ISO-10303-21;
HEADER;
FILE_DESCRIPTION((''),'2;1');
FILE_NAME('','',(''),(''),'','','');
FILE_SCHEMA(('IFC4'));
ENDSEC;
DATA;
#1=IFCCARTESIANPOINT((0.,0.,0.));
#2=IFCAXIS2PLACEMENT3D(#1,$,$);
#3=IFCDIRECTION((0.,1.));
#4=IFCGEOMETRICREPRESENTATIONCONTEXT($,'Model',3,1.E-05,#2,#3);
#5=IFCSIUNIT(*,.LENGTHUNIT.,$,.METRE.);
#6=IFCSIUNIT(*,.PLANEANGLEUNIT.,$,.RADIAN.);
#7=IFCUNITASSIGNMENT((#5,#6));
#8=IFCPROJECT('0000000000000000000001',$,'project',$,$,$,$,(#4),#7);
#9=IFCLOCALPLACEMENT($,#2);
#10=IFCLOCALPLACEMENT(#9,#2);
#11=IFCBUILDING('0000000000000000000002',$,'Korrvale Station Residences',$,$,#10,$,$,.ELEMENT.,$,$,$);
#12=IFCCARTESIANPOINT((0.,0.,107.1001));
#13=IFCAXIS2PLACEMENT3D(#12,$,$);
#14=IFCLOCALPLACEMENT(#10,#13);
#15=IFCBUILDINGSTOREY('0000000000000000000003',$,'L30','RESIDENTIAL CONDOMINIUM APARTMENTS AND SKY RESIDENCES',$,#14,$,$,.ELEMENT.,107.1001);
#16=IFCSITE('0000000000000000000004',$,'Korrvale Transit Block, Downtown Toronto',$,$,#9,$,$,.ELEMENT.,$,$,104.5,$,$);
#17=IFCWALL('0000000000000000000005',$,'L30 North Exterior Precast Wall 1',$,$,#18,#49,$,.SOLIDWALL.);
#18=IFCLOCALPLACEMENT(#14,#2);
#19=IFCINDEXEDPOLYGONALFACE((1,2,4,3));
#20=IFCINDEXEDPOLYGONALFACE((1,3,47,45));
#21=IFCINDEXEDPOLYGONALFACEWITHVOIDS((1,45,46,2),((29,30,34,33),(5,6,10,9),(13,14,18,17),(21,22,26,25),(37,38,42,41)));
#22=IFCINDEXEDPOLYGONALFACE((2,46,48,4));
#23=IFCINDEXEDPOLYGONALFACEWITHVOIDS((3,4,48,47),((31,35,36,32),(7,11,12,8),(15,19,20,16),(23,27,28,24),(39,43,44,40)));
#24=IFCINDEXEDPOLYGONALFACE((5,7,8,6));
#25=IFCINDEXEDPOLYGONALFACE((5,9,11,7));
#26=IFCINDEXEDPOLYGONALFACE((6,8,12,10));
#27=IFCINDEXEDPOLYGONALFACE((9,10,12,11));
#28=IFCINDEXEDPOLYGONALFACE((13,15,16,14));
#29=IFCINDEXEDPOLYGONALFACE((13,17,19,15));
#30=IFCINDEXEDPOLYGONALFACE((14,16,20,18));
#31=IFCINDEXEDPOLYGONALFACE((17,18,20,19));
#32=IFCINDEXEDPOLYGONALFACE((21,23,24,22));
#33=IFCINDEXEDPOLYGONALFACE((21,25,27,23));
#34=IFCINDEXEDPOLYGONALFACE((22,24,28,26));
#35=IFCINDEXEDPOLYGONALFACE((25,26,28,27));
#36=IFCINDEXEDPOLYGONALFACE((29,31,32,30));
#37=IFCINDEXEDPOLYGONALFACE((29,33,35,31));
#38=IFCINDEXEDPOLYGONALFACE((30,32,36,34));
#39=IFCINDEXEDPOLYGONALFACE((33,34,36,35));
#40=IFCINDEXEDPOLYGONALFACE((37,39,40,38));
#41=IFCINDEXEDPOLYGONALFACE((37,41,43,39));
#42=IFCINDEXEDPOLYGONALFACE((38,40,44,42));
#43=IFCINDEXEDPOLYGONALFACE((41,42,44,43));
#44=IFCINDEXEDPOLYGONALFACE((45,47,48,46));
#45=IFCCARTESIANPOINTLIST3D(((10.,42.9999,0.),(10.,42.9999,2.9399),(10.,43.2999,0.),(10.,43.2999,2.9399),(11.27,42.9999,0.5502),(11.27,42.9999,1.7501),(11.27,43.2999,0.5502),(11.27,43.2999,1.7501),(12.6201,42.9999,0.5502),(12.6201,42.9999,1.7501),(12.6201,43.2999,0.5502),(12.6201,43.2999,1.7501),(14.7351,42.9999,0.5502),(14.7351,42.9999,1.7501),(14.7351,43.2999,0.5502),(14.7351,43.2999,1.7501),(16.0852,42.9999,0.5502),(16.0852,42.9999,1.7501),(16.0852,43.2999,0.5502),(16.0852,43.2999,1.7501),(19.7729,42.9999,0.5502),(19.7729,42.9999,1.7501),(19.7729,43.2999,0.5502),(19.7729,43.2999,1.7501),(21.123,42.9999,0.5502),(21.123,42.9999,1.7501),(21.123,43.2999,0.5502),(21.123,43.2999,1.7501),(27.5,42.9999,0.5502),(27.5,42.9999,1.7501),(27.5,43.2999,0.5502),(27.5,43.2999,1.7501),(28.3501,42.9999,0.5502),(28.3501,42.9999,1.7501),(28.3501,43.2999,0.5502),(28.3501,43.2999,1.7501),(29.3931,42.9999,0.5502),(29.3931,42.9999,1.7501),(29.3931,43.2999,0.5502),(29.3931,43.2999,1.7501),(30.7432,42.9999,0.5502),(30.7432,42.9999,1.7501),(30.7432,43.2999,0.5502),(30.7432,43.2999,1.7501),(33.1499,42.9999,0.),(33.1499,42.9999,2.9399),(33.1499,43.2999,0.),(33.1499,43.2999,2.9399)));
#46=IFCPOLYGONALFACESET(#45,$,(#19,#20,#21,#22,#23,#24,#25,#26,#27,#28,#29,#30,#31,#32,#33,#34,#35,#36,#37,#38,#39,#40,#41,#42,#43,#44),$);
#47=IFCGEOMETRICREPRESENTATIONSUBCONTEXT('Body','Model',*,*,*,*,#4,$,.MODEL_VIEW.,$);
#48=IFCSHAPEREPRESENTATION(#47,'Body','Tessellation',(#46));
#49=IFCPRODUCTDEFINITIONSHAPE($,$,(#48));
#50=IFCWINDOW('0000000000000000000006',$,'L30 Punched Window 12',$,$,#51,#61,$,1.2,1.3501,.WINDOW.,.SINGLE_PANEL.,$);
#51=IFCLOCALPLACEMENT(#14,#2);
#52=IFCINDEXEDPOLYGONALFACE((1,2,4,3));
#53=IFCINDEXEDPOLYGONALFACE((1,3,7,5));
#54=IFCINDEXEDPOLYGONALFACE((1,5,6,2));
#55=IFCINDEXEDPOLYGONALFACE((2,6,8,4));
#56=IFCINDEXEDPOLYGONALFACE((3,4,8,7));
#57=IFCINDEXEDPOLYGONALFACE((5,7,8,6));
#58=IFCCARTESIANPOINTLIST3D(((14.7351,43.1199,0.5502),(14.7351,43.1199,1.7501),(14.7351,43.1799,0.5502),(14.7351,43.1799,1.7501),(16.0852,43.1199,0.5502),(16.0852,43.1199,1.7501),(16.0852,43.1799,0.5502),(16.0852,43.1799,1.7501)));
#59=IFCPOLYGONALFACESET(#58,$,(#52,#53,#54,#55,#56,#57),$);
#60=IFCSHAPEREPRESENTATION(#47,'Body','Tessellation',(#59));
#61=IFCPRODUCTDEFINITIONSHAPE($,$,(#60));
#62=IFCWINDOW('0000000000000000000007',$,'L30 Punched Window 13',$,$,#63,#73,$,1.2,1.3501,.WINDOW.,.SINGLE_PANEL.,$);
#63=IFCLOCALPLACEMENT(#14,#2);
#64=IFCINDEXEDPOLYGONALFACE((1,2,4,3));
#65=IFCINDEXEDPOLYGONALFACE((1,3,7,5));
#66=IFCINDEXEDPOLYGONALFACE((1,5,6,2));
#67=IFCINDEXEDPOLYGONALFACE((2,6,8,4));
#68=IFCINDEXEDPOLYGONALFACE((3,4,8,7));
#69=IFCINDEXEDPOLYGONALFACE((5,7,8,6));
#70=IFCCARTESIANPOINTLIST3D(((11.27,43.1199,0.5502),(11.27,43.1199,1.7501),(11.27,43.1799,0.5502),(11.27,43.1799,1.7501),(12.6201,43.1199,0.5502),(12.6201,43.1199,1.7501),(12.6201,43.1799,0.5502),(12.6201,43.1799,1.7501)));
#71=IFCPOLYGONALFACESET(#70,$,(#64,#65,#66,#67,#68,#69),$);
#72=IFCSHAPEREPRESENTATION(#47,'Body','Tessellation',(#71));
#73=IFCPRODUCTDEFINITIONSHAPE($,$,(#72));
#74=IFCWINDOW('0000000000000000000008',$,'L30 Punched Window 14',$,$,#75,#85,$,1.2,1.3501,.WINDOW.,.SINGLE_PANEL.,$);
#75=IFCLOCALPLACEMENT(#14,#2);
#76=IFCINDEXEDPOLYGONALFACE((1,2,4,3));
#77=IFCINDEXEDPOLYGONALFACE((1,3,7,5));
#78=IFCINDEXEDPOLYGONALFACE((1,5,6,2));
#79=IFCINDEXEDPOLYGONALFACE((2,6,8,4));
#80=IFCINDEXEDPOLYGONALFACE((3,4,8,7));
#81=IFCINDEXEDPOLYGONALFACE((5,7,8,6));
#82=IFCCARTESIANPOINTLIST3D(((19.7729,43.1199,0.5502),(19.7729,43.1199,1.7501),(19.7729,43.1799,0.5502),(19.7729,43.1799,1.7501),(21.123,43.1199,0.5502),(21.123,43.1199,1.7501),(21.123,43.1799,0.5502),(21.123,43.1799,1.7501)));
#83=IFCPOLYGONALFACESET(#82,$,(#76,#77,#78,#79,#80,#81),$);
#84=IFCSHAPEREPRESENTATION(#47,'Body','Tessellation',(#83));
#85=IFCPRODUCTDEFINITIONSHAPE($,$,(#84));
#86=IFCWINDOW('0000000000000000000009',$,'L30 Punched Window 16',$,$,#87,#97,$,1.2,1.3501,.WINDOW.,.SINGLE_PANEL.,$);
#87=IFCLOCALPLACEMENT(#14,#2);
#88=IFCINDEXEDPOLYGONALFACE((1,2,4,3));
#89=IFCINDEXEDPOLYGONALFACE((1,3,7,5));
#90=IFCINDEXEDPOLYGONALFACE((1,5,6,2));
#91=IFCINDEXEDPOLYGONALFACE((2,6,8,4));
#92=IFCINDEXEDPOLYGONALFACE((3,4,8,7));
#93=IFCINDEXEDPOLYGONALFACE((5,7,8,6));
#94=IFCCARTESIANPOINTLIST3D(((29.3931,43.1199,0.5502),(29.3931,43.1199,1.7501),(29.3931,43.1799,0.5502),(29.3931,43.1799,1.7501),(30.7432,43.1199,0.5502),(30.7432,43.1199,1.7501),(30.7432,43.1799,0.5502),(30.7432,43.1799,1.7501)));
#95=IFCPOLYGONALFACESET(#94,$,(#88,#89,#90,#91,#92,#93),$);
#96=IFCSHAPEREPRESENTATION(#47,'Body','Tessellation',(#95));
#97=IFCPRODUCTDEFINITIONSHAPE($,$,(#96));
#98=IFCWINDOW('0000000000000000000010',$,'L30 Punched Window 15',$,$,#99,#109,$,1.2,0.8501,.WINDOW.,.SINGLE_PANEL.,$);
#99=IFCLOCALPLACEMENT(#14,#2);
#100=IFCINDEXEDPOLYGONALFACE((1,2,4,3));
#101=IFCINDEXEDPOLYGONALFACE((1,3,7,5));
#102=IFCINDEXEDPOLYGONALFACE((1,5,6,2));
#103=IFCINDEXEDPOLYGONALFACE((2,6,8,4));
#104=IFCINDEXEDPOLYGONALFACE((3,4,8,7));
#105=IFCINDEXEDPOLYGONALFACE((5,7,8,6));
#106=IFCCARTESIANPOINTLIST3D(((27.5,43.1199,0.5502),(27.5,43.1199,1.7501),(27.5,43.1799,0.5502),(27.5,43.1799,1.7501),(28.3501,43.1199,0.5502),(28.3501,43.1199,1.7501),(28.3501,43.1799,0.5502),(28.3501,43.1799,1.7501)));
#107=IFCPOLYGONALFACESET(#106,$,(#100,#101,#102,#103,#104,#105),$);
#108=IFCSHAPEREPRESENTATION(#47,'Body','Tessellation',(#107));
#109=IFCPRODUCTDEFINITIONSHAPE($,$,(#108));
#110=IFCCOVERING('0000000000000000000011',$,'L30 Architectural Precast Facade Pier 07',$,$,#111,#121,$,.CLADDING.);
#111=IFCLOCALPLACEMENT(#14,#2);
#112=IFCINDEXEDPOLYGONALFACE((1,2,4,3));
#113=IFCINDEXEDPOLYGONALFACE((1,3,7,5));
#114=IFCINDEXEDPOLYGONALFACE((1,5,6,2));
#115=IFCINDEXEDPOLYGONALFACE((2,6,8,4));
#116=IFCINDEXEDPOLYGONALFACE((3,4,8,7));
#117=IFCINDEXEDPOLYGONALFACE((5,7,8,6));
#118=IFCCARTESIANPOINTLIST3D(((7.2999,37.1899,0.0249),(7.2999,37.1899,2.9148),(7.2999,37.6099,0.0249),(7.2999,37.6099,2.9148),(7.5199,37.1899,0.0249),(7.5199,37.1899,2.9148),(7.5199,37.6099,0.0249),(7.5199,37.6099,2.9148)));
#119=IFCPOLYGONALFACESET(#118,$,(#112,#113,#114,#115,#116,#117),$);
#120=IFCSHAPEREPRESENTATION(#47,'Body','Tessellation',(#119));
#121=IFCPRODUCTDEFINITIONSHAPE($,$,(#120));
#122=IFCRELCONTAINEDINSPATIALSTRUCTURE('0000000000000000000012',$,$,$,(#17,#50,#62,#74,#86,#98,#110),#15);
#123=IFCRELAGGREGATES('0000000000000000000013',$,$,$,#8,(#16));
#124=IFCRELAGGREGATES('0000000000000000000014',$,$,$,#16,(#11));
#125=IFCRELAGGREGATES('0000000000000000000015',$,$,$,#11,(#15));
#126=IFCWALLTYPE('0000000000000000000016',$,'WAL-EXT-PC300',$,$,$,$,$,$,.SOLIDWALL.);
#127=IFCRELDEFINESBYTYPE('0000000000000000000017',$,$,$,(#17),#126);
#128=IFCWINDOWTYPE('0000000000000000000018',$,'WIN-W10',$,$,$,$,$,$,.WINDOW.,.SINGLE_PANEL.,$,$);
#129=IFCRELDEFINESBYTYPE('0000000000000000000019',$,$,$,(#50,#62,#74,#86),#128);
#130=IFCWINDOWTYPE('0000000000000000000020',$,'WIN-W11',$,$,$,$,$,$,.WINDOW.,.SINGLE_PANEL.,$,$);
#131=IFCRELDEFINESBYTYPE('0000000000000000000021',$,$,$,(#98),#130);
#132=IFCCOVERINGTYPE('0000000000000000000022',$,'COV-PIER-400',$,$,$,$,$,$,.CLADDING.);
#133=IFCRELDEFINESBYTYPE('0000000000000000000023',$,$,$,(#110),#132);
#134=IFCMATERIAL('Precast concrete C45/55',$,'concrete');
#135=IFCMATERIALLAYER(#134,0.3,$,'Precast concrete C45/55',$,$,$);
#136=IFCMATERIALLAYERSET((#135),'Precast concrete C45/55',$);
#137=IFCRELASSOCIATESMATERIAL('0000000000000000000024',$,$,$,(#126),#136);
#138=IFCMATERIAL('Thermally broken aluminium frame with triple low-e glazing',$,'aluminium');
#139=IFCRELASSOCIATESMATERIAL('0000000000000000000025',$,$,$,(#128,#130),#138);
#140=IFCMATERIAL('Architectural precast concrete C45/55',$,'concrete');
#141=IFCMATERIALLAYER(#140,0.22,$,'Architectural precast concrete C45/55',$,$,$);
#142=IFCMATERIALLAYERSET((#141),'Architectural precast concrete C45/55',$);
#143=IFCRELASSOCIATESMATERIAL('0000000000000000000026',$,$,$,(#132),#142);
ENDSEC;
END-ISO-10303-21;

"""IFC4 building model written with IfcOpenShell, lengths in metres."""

from ifc_helpers import new_model, si_unit, direction, frame, frame_2d, origin, origin_2d, place, context, subcontext, project, spatial, rectangle, extrude, material, layer, layer_set, type_object, element, fill, save


model = new_model("IFC4")

# Units and contexts
model_context = context("Model", 3, precision=1e-05, world=origin(), true_north=direction((0.0, 1.0)))
body_context = subcontext(model_context, "Body", "Model", "MODEL_VIEW")
ifc_project = project(units=[si_unit("LENGTHUNIT", "METRE"), si_unit("PLANEANGLEUNIT", "RADIAN")], contexts=[model_context])

# Site, building, storey
site_placement = place(None, origin())
site = spatial("IfcSite", under=ifc_project, at=site_placement, Name="Korrvale Transit Block, Downtown Toronto", CompositionType="ELEMENT", RefElevation=104.5)
building_placement = place(site_placement, origin())
building = spatial("IfcBuilding", under=site, at=building_placement, Name="Korrvale Station Residences", CompositionType="ELEMENT")
storey_placement = place(building_placement, frame((0.0, 0.0, 107.1001)))
storey = spatial("IfcBuildingStorey", under=building, at=storey_placement, Name="L30", Description="RESIDENTIAL CONDOMINIUM APARTMENTS AND SKY RESIDENCES", CompositionType="ELEMENT", Elevation=107.1001)

# Shared definitions
ifc_material_1 = material(Name="Precast concrete C45/55", Category="concrete")

# Wall, openings, windows
ifc_layer_1 = layer(ifc_material_1, 0.3, Name="Precast concrete C45/55")
ifc_layer_set_1 = layer_set([ifc_layer_1], Name="Precast concrete C45/55")
wall_type_1 = type_object("IfcWallType", Name="WAL-EXT-PC300", PredefinedType="SOLIDWALL", material=ifc_layer_set_1)
wall_1_placement = place(storey_placement, frame((10.0, 43.1499, 0.0), z_axis=(0.0, 0.0, 1.0), x_axis=(1.0, 0.0, 0.0)))
wall_1 = element("IfcWall", 1, at=wall_1_placement, inside=storey, type_object=wall_type_1, Name="L30 North Exterior Precast Wall 1", PredefinedType="SOLIDWALL", context=body_context, shape_type="SweptSolid", body=[
    extrude(rectangle(XDim=23.1499, YDim=0.3, at=frame_2d((11.575, 0.0))), origin(), (0.0, 0.0, 1.0), 2.9399),
])
opening_1_placement = place(wall_1_placement, frame((4.7351, 0.0, 0.55)))
opening_1 = element("IfcOpeningElement", 2, at=opening_1_placement, cuts=wall_1, PredefinedType="OPENING", context=body_context, shape_type="SweptSolid", body=[
    extrude(rectangle(XDim=1.3501, YDim=1.2, at=frame_2d((0.675, 0.6001))), frame((0.0, 0.1602, 0.0), z_axis=(0.0, -1.0, 0.0), x_axis=(1.0, 0.0, 0.0)), (0.0, 0.0, 1.0), 0.3201),
])
opening_2_placement = place(wall_1_placement, frame((1.27, 0.0, 0.55)))
opening_2 = element("IfcOpeningElement", 3, at=opening_2_placement, cuts=wall_1, PredefinedType="OPENING", context=body_context, shape_type="SweptSolid", body=[
    extrude(rectangle(XDim=1.3501, YDim=1.2, at=frame_2d((0.675, 0.6001))), frame((0.0, 0.1602, 0.0), z_axis=(0.0, -1.0, 0.0), x_axis=(1.0, 0.0, 0.0)), (0.0, 0.0, 1.0), 0.3201),
])
opening_3_placement = place(wall_1_placement, frame((9.7729, 0.0, 0.55)))
opening_3 = element("IfcOpeningElement", 4, at=opening_3_placement, cuts=wall_1, PredefinedType="OPENING", context=body_context, shape_type="SweptSolid", body=[
    extrude(rectangle(XDim=1.3501, YDim=1.2, at=frame_2d((0.675, 0.6001))), frame((0.0, 0.1602, 0.0), z_axis=(0.0, -1.0, 0.0), x_axis=(1.0, 0.0, 0.0)), (0.0, 0.0, 1.0), 0.3201),
])
opening_4_placement = place(wall_1_placement, frame((17.5, 0.0, 0.55)))
opening_4 = element("IfcOpeningElement", 5, at=opening_4_placement, cuts=wall_1, PredefinedType="OPENING", context=body_context, shape_type="SweptSolid", body=[
    extrude(rectangle(XDim=0.8501, YDim=1.2, at=frame_2d((0.425, 0.6001))), frame((0.0, 0.1602, 0.0), z_axis=(0.0, -1.0, 0.0), x_axis=(1.0, 0.0, 0.0)), (0.0, 0.0, 1.0), 0.3201),
])
opening_5_placement = place(wall_1_placement, frame((19.3931, 0.0, 0.55)))
opening_5 = element("IfcOpeningElement", 6, at=opening_5_placement, cuts=wall_1, PredefinedType="OPENING", context=body_context, shape_type="SweptSolid", body=[
    extrude(rectangle(XDim=1.3501, YDim=1.2, at=frame_2d((0.675, 0.6001))), frame((0.0, 0.1602, 0.0), z_axis=(0.0, -1.0, 0.0), x_axis=(1.0, 0.0, 0.0)), (0.0, 0.0, 1.0), 0.3201),
])
ifc_material_2 = material(Name="Thermally broken aluminium frame with triple low-e glazing", Category="aluminium")
window_type_1 = type_object("IfcWindowType", Name="WIN-W10", PartitioningType="SINGLE_PANEL", PredefinedType="WINDOW", material=ifc_material_2)
window_1_placement = place(opening_1_placement, origin())
window_1 = element("IfcWindow", 7, at=window_1_placement, inside=storey, type_object=window_type_1, Name="L30 Punched Window 12", OverallHeight=1.2, OverallWidth=1.3501, PartitioningType="SINGLE_PANEL", PredefinedType="WINDOW", context=body_context, shape_type="SweptSolid", body=[
    extrude(rectangle(XDim=1.3501, YDim=1.2, at=frame_2d((0.675, 0.6001))), frame((0.0, 0.03, 0.0), z_axis=(0.0, -1.0, 0.0), x_axis=(1.0, 0.0, 0.0)), (0.0, 0.0, 1.0), 0.0601),
])
fill(opening_1, window_1)
window_2_placement = place(opening_2_placement, origin())
window_2 = element("IfcWindow", 8, at=window_2_placement, inside=storey, type_object=window_type_1, Name="L30 Punched Window 13", OverallHeight=1.2, OverallWidth=1.3501, PartitioningType="SINGLE_PANEL", PredefinedType="WINDOW", context=body_context, shape_type="SweptSolid", body=[
    extrude(rectangle(XDim=1.3501, YDim=1.2, at=frame_2d((0.675, 0.6001))), frame((0.0, 0.03, 0.0), z_axis=(0.0, -1.0, 0.0), x_axis=(1.0, 0.0, 0.0)), (0.0, 0.0, 1.0), 0.0601),
])
fill(opening_2, window_2)
window_3_placement = place(opening_3_placement, origin())
window_3 = element("IfcWindow", 9, at=window_3_placement, inside=storey, type_object=window_type_1, Name="L30 Punched Window 14", OverallHeight=1.2, OverallWidth=1.3501, PartitioningType="SINGLE_PANEL", PredefinedType="WINDOW", context=body_context, shape_type="SweptSolid", body=[
    extrude(rectangle(XDim=1.3501, YDim=1.2, at=frame_2d((0.675, 0.6001))), frame((0.0, 0.03, 0.0), z_axis=(0.0, -1.0, 0.0), x_axis=(1.0, 0.0, 0.0)), (0.0, 0.0, 1.0), 0.0601),
])
fill(opening_3, window_3)
window_4_placement = place(opening_5_placement, origin())
window_4 = element("IfcWindow", 10, at=window_4_placement, inside=storey, type_object=window_type_1, Name="L30 Punched Window 16", OverallHeight=1.2, OverallWidth=1.3501, PartitioningType="SINGLE_PANEL", PredefinedType="WINDOW", context=body_context, shape_type="SweptSolid", body=[
    extrude(rectangle(XDim=1.3501, YDim=1.2, at=frame_2d((0.675, 0.6001))), frame((0.0, 0.03, 0.0), z_axis=(0.0, -1.0, 0.0), x_axis=(1.0, 0.0, 0.0)), (0.0, 0.0, 1.0), 0.0601),
])
fill(opening_5, window_4)
window_type_2 = type_object("IfcWindowType", Name="WIN-W11", PartitioningType="SINGLE_PANEL", PredefinedType="WINDOW", material=ifc_material_2)
window_5_placement = place(opening_4_placement, origin())
window_5 = element("IfcWindow", 11, at=window_5_placement, inside=storey, type_object=window_type_2, Name="L30 Punched Window 15", OverallHeight=1.2, OverallWidth=0.8501, PartitioningType="SINGLE_PANEL", PredefinedType="WINDOW", context=body_context, shape_type="SweptSolid", body=[
    extrude(rectangle(XDim=0.8501, YDim=1.2, at=frame_2d((0.425, 0.6001))), frame((0.0, 0.03, 0.0), z_axis=(0.0, -1.0, 0.0), x_axis=(1.0, 0.0, 0.0)), (0.0, 0.0, 1.0), 0.0601),
])
fill(opening_4, window_5)

# Covering
ifc_material_3 = material(Name="Architectural precast concrete C45/55", Category="concrete")
ifc_layer_2 = layer(ifc_material_3, 0.22, Name="Architectural precast concrete C45/55")
ifc_layer_set_2 = layer_set([ifc_layer_2], Name="Architectural precast concrete C45/55")
covering_type = type_object("IfcCoveringType", Name="COV-PIER-400", PredefinedType="CLADDING", material=ifc_layer_set_2)
covering_placement = place(storey_placement, frame((7.4099, 37.3999, 0.0249), z_axis=(0.0, 0.0, 1.0), x_axis=(0.0, 1.0, 0.0)))
element("IfcCovering", 12, at=covering_placement, inside=storey, type_object=covering_type, Name="L30 Architectural Precast Facade Pier 07", PredefinedType="CLADDING", context=body_context, shape_type="SweptSolid", body=[
    extrude(rectangle(XDim=0.4199, YDim=0.22, at=origin_2d()), origin(), (0.0, 0.0, 1.0), 2.8899),
])

save(model, "model.ifc")
